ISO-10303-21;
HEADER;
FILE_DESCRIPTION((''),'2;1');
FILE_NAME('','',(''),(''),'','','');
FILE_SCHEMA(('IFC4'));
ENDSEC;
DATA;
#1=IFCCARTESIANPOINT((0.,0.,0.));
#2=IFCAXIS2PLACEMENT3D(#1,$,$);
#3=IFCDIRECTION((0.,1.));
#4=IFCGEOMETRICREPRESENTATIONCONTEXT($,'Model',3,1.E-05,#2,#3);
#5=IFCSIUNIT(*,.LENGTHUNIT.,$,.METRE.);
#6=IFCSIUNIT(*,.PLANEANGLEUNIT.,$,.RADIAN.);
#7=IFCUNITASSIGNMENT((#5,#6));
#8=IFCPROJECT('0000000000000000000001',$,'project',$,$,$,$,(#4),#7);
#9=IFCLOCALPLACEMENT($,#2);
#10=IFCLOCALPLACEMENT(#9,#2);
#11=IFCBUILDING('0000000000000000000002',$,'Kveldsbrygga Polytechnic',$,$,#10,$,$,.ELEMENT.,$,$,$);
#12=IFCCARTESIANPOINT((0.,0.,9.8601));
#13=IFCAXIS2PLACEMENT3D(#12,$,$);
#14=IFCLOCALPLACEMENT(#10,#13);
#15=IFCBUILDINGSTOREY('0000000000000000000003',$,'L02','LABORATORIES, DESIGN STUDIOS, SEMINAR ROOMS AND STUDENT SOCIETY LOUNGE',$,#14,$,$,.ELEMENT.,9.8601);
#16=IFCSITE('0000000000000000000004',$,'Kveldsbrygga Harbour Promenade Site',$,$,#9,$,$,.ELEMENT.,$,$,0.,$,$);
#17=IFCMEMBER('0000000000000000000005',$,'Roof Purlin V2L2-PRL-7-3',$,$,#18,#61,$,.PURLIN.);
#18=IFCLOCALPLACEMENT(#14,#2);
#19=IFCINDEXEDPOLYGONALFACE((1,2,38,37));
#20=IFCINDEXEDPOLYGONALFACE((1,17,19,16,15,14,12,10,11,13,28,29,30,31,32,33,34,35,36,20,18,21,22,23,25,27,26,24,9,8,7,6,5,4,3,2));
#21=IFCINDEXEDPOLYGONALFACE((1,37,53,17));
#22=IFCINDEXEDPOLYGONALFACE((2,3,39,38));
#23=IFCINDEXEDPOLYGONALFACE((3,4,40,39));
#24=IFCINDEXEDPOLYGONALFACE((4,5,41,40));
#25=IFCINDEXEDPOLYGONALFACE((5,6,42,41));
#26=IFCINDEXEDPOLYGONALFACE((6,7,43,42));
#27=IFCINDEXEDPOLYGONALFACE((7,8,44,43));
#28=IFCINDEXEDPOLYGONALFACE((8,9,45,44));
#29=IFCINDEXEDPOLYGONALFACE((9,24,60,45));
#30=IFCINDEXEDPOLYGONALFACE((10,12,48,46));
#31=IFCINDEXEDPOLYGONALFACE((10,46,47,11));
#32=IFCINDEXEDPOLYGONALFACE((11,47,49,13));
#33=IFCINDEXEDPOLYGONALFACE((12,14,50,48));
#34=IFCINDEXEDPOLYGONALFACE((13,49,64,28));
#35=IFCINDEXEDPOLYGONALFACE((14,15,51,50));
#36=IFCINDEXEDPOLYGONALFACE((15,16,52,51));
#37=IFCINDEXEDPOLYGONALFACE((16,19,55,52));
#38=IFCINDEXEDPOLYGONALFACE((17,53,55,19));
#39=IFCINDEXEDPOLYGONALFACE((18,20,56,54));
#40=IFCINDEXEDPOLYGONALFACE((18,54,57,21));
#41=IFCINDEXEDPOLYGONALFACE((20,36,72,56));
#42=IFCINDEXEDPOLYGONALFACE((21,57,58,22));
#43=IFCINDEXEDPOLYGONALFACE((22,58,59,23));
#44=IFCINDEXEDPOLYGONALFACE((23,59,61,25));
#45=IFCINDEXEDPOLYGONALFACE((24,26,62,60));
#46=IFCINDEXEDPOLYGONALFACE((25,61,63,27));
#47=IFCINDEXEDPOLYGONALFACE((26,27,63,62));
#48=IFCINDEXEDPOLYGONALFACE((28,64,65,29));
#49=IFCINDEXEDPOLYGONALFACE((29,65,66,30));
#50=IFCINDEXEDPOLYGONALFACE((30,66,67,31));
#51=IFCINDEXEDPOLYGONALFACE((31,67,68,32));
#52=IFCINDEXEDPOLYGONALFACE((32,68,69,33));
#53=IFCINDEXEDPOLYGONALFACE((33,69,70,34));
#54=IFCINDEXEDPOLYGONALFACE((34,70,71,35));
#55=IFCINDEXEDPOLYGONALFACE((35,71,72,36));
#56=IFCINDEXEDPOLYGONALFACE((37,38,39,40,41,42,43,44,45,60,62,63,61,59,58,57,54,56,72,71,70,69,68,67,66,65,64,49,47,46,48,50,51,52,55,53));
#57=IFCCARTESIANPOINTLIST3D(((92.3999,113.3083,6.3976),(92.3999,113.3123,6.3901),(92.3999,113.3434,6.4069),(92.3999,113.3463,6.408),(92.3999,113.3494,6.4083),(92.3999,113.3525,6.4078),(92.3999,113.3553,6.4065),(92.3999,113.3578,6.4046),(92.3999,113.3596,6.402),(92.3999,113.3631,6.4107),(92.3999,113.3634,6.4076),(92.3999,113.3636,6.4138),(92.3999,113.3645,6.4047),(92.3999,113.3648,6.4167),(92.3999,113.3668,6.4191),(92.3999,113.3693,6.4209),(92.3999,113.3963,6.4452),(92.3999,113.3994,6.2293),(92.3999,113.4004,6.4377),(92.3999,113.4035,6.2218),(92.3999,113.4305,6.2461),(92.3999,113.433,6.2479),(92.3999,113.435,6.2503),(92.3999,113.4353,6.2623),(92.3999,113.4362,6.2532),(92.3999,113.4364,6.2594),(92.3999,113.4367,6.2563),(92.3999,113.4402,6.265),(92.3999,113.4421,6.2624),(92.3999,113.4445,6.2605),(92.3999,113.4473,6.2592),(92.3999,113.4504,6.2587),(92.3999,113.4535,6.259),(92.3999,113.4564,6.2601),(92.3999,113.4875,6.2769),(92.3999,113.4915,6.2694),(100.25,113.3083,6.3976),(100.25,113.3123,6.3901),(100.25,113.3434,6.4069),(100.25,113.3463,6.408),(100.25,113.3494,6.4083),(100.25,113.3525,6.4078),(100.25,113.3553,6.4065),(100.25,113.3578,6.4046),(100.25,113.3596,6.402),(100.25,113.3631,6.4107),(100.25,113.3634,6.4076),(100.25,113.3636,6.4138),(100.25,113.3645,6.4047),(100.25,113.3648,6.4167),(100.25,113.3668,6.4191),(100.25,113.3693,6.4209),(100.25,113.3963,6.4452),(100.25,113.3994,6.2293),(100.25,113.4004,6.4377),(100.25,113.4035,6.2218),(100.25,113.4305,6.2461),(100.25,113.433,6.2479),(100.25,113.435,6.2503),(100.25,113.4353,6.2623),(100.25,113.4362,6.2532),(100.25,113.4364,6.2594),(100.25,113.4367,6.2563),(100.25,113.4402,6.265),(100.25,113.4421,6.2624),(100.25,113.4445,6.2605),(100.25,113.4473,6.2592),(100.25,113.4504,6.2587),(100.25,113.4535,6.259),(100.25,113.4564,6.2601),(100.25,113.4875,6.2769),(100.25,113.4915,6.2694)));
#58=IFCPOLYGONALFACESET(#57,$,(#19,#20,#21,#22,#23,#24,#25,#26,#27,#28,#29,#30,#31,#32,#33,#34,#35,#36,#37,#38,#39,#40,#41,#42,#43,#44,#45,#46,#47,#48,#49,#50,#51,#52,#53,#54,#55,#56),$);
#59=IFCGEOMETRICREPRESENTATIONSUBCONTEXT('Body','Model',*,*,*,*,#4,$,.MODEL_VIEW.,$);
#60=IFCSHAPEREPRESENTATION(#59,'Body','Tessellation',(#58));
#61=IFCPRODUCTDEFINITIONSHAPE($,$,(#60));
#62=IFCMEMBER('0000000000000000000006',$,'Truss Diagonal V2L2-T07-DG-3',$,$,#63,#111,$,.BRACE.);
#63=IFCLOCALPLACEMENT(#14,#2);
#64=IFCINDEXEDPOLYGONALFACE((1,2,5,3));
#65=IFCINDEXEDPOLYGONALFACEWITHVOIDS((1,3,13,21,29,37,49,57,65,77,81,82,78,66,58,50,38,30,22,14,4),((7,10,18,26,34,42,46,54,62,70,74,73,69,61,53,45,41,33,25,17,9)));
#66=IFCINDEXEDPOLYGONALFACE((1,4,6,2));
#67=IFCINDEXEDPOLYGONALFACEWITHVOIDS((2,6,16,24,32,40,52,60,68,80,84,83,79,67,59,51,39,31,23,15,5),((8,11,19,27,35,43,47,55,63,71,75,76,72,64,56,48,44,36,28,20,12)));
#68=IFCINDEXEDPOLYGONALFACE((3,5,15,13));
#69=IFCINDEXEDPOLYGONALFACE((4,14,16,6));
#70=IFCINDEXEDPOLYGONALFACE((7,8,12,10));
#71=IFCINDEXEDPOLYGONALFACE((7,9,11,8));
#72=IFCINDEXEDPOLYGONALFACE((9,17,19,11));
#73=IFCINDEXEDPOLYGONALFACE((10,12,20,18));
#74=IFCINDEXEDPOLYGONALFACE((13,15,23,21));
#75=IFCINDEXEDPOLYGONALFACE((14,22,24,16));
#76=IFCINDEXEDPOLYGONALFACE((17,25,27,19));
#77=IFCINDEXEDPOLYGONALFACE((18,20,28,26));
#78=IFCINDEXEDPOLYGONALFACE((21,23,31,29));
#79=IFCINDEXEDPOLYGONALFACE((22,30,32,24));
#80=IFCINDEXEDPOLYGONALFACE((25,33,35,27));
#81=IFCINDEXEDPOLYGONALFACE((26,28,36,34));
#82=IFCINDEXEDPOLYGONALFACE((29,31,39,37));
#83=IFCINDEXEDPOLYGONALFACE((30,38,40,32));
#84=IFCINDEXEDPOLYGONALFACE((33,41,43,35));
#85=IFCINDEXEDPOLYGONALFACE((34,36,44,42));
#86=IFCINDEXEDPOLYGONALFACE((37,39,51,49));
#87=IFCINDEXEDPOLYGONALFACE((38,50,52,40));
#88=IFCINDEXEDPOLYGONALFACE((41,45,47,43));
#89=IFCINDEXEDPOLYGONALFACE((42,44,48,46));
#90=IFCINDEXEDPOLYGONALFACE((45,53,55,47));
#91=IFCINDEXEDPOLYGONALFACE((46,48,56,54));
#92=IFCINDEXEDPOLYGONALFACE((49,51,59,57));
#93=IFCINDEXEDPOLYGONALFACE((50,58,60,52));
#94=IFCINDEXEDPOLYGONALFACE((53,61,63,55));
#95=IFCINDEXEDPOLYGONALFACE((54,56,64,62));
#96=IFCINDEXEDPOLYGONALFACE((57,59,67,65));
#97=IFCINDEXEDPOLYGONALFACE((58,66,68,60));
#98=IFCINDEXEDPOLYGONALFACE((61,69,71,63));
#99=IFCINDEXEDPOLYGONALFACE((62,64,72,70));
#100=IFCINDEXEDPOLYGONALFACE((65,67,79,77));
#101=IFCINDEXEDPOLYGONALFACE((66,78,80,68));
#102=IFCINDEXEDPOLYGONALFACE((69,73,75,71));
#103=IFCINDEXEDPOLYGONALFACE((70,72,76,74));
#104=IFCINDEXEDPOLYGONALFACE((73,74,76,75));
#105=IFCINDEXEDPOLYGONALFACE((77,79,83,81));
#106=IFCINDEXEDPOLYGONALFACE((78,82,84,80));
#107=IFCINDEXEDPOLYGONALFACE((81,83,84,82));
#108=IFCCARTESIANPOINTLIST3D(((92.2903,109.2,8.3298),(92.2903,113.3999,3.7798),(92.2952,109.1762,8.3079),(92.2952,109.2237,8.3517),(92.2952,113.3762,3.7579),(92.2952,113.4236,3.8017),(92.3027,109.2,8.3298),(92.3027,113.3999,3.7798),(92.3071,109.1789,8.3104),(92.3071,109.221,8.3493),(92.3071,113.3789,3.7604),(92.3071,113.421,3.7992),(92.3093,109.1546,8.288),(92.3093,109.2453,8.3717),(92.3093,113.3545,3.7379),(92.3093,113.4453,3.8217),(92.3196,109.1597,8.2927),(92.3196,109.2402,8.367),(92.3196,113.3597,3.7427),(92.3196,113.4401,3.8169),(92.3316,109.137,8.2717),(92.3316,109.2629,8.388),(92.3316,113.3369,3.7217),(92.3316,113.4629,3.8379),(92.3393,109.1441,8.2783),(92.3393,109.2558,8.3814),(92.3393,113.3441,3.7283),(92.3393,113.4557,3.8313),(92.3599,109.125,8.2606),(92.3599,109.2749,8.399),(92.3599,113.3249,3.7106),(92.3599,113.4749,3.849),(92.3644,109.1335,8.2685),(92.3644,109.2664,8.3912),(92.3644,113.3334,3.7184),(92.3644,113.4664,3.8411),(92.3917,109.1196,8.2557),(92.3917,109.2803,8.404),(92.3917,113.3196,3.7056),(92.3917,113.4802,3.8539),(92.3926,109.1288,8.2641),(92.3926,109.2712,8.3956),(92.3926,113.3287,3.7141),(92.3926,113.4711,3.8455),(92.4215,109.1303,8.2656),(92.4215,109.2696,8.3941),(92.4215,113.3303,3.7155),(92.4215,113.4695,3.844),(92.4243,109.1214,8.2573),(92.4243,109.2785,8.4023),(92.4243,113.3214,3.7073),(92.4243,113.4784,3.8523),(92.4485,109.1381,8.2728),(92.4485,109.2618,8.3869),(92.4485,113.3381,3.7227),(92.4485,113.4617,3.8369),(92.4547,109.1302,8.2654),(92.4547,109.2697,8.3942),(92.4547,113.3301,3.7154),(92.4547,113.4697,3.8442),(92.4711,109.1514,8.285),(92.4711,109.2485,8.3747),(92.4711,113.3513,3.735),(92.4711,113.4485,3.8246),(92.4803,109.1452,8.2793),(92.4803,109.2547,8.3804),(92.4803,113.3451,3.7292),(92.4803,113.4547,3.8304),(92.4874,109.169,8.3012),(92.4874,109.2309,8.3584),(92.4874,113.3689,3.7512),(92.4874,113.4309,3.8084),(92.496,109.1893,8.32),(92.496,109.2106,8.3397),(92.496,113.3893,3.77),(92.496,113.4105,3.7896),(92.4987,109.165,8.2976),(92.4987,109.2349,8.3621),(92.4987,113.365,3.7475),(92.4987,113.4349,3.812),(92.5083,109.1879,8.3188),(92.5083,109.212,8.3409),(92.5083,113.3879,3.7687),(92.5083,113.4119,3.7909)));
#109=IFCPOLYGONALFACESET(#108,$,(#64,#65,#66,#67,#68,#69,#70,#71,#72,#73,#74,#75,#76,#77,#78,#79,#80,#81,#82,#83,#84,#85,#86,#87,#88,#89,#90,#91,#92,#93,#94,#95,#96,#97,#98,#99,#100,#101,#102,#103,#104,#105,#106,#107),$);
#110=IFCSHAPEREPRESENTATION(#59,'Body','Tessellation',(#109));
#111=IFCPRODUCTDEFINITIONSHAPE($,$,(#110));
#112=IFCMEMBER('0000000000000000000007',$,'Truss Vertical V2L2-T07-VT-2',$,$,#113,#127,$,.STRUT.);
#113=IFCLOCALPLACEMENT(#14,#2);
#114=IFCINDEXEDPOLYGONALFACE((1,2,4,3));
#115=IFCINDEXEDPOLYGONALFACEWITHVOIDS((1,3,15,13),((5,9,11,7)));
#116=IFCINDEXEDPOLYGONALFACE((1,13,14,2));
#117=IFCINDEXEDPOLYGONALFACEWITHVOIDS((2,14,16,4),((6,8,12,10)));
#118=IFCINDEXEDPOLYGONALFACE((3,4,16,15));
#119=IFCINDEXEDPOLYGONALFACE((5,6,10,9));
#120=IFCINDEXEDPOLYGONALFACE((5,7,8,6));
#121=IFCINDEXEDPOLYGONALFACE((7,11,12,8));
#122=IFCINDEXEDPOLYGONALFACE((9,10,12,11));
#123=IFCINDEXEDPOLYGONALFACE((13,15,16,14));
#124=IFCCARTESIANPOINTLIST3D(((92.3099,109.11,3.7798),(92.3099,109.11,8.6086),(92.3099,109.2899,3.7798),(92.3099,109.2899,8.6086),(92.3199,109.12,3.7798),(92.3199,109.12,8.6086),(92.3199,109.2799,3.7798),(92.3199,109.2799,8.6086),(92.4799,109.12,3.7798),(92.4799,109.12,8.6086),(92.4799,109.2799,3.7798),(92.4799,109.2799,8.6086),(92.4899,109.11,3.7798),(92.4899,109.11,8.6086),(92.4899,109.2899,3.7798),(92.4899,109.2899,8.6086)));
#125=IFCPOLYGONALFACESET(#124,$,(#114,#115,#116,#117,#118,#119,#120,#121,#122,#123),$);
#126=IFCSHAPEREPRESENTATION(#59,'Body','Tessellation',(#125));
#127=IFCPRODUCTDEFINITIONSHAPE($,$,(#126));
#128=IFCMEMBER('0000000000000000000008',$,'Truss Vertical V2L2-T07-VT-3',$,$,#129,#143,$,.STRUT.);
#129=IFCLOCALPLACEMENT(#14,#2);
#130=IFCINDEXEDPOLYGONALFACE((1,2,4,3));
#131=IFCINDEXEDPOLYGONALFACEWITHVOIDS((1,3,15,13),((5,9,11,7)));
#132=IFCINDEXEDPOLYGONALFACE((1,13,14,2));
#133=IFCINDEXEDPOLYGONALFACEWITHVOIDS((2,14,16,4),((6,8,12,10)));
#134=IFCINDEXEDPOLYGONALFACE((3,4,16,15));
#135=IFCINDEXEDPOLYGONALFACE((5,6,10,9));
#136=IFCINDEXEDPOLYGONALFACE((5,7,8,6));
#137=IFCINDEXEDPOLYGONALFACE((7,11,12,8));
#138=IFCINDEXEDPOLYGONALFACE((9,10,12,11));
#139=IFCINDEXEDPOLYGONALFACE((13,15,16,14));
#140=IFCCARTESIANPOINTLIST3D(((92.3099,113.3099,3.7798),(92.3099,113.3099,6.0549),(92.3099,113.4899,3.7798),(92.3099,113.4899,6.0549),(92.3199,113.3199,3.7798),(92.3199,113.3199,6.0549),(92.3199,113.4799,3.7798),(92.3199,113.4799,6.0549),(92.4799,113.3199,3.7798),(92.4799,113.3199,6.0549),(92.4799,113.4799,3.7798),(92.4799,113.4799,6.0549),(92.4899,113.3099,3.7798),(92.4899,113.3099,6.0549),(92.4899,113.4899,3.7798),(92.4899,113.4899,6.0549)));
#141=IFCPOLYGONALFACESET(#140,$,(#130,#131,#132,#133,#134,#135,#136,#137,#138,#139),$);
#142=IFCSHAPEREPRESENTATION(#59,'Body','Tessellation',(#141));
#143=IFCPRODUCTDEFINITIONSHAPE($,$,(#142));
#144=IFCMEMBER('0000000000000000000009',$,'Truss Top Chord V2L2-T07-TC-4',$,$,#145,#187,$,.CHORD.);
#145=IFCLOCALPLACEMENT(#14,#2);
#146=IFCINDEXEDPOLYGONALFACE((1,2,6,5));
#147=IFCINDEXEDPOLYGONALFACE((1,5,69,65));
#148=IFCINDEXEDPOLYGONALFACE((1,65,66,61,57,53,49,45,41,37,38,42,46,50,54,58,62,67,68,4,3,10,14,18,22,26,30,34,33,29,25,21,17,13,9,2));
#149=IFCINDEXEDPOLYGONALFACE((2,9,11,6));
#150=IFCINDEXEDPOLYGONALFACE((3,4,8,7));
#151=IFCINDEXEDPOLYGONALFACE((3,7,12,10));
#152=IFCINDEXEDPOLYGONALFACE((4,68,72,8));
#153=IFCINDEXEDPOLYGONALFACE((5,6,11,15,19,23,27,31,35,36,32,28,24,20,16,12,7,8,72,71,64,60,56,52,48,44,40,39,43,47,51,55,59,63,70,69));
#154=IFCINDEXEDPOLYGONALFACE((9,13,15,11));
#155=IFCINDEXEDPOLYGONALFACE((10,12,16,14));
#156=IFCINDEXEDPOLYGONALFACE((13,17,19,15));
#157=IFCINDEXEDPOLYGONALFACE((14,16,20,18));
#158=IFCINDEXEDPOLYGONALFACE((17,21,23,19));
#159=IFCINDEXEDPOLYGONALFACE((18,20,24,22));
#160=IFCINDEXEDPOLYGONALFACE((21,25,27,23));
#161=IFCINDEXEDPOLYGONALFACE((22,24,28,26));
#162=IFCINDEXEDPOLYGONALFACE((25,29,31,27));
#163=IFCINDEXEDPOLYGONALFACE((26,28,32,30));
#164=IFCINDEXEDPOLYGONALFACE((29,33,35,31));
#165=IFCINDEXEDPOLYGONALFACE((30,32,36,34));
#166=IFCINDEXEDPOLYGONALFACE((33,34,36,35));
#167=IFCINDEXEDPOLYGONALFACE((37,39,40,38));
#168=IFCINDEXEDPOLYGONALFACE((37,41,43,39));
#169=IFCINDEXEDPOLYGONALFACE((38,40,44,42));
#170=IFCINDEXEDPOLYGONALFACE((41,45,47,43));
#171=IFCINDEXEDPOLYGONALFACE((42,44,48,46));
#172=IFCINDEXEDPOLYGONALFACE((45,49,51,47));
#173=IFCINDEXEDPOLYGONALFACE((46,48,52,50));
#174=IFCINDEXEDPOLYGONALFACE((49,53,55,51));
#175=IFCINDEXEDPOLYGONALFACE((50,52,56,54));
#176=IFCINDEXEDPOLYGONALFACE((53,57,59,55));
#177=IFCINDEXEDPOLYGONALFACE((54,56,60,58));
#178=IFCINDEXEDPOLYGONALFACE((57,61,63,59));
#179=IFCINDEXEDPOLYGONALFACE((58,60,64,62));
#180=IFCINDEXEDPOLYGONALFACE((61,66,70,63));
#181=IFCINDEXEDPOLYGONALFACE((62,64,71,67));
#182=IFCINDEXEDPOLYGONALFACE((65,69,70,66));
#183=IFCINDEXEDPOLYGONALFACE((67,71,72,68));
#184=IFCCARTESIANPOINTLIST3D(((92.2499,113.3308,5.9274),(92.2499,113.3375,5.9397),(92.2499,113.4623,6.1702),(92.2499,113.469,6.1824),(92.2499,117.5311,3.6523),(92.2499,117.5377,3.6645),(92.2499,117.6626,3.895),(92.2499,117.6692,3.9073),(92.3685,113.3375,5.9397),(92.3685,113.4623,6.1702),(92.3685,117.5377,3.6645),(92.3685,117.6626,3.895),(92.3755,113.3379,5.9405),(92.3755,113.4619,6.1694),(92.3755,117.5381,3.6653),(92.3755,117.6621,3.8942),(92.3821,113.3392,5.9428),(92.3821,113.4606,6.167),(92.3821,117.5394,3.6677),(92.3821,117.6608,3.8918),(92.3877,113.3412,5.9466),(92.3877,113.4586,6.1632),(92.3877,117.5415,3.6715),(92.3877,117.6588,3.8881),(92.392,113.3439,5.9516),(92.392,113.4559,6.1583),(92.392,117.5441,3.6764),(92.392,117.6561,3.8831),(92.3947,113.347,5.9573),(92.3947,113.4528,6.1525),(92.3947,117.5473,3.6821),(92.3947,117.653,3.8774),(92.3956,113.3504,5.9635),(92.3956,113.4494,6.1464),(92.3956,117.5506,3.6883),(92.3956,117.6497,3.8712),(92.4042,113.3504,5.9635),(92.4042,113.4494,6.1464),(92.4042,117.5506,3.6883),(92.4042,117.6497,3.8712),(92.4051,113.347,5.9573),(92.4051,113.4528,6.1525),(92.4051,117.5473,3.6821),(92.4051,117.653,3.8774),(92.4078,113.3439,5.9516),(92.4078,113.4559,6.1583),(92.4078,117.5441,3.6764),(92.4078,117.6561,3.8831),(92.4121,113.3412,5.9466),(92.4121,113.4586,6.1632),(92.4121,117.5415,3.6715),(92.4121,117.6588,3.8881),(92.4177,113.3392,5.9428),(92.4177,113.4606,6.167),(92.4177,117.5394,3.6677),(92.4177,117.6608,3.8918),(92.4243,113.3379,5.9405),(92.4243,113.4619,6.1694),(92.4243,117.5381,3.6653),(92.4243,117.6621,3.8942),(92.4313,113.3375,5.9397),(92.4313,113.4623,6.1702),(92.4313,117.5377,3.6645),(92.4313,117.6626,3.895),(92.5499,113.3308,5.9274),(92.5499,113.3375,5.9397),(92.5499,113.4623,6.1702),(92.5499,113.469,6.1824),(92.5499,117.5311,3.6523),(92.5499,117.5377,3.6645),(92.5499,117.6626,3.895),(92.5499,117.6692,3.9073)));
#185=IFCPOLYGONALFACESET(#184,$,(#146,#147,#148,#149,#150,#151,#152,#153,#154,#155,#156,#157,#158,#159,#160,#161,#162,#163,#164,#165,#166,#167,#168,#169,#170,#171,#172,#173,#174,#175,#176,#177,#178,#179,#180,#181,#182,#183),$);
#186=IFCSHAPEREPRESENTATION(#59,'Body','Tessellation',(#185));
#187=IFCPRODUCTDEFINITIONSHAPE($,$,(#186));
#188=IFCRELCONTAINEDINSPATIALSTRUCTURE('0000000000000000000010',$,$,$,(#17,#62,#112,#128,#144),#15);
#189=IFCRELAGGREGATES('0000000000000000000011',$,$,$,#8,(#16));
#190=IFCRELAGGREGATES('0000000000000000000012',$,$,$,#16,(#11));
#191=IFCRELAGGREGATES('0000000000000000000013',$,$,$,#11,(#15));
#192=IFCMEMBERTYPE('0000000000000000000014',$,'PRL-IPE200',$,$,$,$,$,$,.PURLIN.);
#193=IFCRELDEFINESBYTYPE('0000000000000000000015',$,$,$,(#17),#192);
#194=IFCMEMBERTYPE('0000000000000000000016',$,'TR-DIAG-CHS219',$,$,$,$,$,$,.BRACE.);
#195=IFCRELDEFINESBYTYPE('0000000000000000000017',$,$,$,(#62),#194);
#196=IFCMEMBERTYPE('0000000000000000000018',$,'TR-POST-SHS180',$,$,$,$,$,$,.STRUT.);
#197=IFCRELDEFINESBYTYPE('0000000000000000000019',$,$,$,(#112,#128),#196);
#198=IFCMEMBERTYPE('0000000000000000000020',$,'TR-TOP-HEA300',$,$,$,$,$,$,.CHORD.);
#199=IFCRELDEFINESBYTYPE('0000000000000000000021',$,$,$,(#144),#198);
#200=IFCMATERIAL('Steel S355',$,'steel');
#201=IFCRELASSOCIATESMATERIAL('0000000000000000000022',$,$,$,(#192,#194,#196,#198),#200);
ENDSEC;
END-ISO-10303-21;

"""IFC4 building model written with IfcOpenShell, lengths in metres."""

from ifc_helpers import new_model, si_unit, direction, frame, origin, origin_2d, place, context, subcontext, project, spatial, hollow_rectangle, hollow_circle, i_section, extrude, material, material_profile, profile_set, type_object, element, save


model = new_model("IFC4")

# Units and contexts
model_context = context("Model", 3, precision=1e-05, world=origin(), true_north=direction((0.0, 1.0)))
body_context = subcontext(model_context, "Body", "Model", "MODEL_VIEW")
ifc_project = project(units=[si_unit("LENGTHUNIT", "METRE"), si_unit("PLANEANGLEUNIT", "RADIAN")], contexts=[model_context])

# Site, building, storey
site_placement = place(None, origin())
site = spatial("IfcSite", under=ifc_project, at=site_placement, Name="Kveldsbrygga Harbour Promenade Site", CompositionType="ELEMENT", RefElevation=0.0)
building_placement = place(site_placement, origin())
building = spatial("IfcBuilding", under=site, at=building_placement, Name="Kveldsbrygga Polytechnic", CompositionType="ELEMENT")
storey_placement = place(building_placement, frame((0.0, 0.0, 9.8601)))
storey = spatial("IfcBuildingStorey", under=building, at=storey_placement, Name="L02", Description="LABORATORIES, DESIGN STUDIOS, SEMINAR ROOMS AND STUDENT SOCIETY LOUNGE", CompositionType="ELEMENT", Elevation=9.8601)

# Members
ifc_material_1 = material(Name="Steel S355", Category="steel")
ifc_material_profile_1 = material_profile(ifc_material_1, i_section(OverallWidth=0.1001, OverallDepth=0.2, WebThickness=0.0056, FlangeThickness=0.0085, FilletRadius=0.012, at=origin_2d()), Name="IPE 200")
ifc_profile_set_1 = profile_set([ifc_material_profile_1], Name="Steel S355")
member_type_1 = type_object("IfcMemberType", Name="PRL-IPE200", PredefinedType="PURLIN", material=ifc_profile_set_1)
for number, where, z_axis, x_axis, name in (
    (1, (92.3999, 113.3999, 6.3335), (1.0, 0.0, 0.0), (0.0, 0.879292, 0.476283), "Roof Purlin V2L2-PRL-7-3"),
):
    element("IfcMember", number, at=place(storey_placement, frame(where, z_axis=z_axis, x_axis=x_axis)), inside=storey, type_object=member_type_1, Name=name, PredefinedType="PURLIN", context=body_context, shape_type="SweptSolid", body=[
        extrude(i_section(OverallWidth=0.1001, OverallDepth=0.2, WebThickness=0.0056, FlangeThickness=0.0085, FilletRadius=0.012, at=origin_2d()), origin(), (0.0, 0.0, 1.0), 7.8501),
    ])
ifc_material_profile_2 = material_profile(ifc_material_1, hollow_circle(Radius=0.1096, WallThickness=0.0125, at=origin_2d()), Name="CHS 219.1x12.5")
ifc_profile_set_2 = profile_set([ifc_material_profile_2], Name="Steel S355")
member_type_2 = type_object("IfcMemberType", Name="TR-DIAG-CHS219", PredefinedType="BRACE", material=ifc_profile_set_2)
member_1_placement = place(storey_placement, frame((92.3999, 109.2, 8.3298), z_axis=(0.0, 0.678272, -0.734811), x_axis=(-1.0, 0.0, 0.0)))
element("IfcMember", 2, at=member_1_placement, inside=storey, type_object=member_type_2, Name="Truss Diagonal V2L2-T07-DG-3", PredefinedType="BRACE", context=body_context, shape_type="SweptSolid", body=[
    extrude(hollow_circle(Radius=0.1096, WallThickness=0.0125, at=origin_2d()), origin(), (0.0, 0.0, 1.0), 6.1921),
])
ifc_material_profile_3 = material_profile(ifc_material_1, hollow_rectangle(XDim=0.1799, YDim=0.1799, WallThickness=0.01, at=origin_2d()), Name="SHS 180x180x10.0")
ifc_profile_set_3 = profile_set([ifc_material_profile_3], Name="Steel S355")
member_type_3 = type_object("IfcMemberType", Name="TR-POST-SHS180", PredefinedType="STRUT", material=ifc_profile_set_3)
member_2_placement = place(storey_placement, frame((92.3999, 109.2, 3.7798), z_axis=(0.0, 0.0, 1.0), x_axis=(1.0, 0.0, 0.0)))
element("IfcMember", 3, at=member_2_placement, inside=storey, type_object=member_type_3, Name="Truss Vertical V2L2-T07-VT-2", PredefinedType="STRUT", context=body_context, shape_type="SweptSolid", body=[
    extrude(hollow_rectangle(XDim=0.1799, YDim=0.1799, WallThickness=0.01, at=origin_2d()), origin(), (0.0, 0.0, 1.0), 4.8289),
])
member_3_placement = place(storey_placement, frame((92.3999, 113.3999, 3.7798), z_axis=(0.0, 0.0, 1.0), x_axis=(1.0, 0.0, 0.0)))
element("IfcMember", 4, at=member_3_placement, inside=storey, type_object=member_type_3, Name="Truss Vertical V2L2-T07-VT-3", PredefinedType="STRUT", context=body_context, shape_type="SweptSolid", body=[
    extrude(hollow_rectangle(XDim=0.1799, YDim=0.1799, WallThickness=0.01, at=origin_2d()), origin(), (0.0, 0.0, 1.0), 2.2751),
])
ifc_material_profile_4 = material_profile(ifc_material_1, i_section(OverallWidth=0.3, OverallDepth=0.29, WebThickness=0.0085, FlangeThickness=0.0139, FilletRadius=0.0271, at=origin_2d()), Name="HEA 300")
ifc_profile_set_4 = profile_set([ifc_material_profile_4], Name="Steel S355")
member_type_4 = type_object("IfcMemberType", Name="TR-TOP-HEA300", PredefinedType="CHORD", material=ifc_profile_set_4)
member_4_placement = place(storey_placement, frame((92.3999, 113.3999, 6.0549), z_axis=(0.0, 0.879288, -0.47629), x_axis=(-1.0, 0.0, 0.0)))
element("IfcMember", 5, at=member_4_placement, inside=storey, type_object=member_type_4, Name="Truss Top Chord V2L2-T07-TC-4", PredefinedType="CHORD", context=body_context, shape_type="SweptSolid", body=[
    extrude(i_section(OverallWidth=0.3, OverallDepth=0.29, WebThickness=0.0085, FlangeThickness=0.0139, FilletRadius=0.0271, at=origin_2d()), origin(), (0.0, 0.0, 1.0), 4.7769),
])

save(model, "model.ifc")
